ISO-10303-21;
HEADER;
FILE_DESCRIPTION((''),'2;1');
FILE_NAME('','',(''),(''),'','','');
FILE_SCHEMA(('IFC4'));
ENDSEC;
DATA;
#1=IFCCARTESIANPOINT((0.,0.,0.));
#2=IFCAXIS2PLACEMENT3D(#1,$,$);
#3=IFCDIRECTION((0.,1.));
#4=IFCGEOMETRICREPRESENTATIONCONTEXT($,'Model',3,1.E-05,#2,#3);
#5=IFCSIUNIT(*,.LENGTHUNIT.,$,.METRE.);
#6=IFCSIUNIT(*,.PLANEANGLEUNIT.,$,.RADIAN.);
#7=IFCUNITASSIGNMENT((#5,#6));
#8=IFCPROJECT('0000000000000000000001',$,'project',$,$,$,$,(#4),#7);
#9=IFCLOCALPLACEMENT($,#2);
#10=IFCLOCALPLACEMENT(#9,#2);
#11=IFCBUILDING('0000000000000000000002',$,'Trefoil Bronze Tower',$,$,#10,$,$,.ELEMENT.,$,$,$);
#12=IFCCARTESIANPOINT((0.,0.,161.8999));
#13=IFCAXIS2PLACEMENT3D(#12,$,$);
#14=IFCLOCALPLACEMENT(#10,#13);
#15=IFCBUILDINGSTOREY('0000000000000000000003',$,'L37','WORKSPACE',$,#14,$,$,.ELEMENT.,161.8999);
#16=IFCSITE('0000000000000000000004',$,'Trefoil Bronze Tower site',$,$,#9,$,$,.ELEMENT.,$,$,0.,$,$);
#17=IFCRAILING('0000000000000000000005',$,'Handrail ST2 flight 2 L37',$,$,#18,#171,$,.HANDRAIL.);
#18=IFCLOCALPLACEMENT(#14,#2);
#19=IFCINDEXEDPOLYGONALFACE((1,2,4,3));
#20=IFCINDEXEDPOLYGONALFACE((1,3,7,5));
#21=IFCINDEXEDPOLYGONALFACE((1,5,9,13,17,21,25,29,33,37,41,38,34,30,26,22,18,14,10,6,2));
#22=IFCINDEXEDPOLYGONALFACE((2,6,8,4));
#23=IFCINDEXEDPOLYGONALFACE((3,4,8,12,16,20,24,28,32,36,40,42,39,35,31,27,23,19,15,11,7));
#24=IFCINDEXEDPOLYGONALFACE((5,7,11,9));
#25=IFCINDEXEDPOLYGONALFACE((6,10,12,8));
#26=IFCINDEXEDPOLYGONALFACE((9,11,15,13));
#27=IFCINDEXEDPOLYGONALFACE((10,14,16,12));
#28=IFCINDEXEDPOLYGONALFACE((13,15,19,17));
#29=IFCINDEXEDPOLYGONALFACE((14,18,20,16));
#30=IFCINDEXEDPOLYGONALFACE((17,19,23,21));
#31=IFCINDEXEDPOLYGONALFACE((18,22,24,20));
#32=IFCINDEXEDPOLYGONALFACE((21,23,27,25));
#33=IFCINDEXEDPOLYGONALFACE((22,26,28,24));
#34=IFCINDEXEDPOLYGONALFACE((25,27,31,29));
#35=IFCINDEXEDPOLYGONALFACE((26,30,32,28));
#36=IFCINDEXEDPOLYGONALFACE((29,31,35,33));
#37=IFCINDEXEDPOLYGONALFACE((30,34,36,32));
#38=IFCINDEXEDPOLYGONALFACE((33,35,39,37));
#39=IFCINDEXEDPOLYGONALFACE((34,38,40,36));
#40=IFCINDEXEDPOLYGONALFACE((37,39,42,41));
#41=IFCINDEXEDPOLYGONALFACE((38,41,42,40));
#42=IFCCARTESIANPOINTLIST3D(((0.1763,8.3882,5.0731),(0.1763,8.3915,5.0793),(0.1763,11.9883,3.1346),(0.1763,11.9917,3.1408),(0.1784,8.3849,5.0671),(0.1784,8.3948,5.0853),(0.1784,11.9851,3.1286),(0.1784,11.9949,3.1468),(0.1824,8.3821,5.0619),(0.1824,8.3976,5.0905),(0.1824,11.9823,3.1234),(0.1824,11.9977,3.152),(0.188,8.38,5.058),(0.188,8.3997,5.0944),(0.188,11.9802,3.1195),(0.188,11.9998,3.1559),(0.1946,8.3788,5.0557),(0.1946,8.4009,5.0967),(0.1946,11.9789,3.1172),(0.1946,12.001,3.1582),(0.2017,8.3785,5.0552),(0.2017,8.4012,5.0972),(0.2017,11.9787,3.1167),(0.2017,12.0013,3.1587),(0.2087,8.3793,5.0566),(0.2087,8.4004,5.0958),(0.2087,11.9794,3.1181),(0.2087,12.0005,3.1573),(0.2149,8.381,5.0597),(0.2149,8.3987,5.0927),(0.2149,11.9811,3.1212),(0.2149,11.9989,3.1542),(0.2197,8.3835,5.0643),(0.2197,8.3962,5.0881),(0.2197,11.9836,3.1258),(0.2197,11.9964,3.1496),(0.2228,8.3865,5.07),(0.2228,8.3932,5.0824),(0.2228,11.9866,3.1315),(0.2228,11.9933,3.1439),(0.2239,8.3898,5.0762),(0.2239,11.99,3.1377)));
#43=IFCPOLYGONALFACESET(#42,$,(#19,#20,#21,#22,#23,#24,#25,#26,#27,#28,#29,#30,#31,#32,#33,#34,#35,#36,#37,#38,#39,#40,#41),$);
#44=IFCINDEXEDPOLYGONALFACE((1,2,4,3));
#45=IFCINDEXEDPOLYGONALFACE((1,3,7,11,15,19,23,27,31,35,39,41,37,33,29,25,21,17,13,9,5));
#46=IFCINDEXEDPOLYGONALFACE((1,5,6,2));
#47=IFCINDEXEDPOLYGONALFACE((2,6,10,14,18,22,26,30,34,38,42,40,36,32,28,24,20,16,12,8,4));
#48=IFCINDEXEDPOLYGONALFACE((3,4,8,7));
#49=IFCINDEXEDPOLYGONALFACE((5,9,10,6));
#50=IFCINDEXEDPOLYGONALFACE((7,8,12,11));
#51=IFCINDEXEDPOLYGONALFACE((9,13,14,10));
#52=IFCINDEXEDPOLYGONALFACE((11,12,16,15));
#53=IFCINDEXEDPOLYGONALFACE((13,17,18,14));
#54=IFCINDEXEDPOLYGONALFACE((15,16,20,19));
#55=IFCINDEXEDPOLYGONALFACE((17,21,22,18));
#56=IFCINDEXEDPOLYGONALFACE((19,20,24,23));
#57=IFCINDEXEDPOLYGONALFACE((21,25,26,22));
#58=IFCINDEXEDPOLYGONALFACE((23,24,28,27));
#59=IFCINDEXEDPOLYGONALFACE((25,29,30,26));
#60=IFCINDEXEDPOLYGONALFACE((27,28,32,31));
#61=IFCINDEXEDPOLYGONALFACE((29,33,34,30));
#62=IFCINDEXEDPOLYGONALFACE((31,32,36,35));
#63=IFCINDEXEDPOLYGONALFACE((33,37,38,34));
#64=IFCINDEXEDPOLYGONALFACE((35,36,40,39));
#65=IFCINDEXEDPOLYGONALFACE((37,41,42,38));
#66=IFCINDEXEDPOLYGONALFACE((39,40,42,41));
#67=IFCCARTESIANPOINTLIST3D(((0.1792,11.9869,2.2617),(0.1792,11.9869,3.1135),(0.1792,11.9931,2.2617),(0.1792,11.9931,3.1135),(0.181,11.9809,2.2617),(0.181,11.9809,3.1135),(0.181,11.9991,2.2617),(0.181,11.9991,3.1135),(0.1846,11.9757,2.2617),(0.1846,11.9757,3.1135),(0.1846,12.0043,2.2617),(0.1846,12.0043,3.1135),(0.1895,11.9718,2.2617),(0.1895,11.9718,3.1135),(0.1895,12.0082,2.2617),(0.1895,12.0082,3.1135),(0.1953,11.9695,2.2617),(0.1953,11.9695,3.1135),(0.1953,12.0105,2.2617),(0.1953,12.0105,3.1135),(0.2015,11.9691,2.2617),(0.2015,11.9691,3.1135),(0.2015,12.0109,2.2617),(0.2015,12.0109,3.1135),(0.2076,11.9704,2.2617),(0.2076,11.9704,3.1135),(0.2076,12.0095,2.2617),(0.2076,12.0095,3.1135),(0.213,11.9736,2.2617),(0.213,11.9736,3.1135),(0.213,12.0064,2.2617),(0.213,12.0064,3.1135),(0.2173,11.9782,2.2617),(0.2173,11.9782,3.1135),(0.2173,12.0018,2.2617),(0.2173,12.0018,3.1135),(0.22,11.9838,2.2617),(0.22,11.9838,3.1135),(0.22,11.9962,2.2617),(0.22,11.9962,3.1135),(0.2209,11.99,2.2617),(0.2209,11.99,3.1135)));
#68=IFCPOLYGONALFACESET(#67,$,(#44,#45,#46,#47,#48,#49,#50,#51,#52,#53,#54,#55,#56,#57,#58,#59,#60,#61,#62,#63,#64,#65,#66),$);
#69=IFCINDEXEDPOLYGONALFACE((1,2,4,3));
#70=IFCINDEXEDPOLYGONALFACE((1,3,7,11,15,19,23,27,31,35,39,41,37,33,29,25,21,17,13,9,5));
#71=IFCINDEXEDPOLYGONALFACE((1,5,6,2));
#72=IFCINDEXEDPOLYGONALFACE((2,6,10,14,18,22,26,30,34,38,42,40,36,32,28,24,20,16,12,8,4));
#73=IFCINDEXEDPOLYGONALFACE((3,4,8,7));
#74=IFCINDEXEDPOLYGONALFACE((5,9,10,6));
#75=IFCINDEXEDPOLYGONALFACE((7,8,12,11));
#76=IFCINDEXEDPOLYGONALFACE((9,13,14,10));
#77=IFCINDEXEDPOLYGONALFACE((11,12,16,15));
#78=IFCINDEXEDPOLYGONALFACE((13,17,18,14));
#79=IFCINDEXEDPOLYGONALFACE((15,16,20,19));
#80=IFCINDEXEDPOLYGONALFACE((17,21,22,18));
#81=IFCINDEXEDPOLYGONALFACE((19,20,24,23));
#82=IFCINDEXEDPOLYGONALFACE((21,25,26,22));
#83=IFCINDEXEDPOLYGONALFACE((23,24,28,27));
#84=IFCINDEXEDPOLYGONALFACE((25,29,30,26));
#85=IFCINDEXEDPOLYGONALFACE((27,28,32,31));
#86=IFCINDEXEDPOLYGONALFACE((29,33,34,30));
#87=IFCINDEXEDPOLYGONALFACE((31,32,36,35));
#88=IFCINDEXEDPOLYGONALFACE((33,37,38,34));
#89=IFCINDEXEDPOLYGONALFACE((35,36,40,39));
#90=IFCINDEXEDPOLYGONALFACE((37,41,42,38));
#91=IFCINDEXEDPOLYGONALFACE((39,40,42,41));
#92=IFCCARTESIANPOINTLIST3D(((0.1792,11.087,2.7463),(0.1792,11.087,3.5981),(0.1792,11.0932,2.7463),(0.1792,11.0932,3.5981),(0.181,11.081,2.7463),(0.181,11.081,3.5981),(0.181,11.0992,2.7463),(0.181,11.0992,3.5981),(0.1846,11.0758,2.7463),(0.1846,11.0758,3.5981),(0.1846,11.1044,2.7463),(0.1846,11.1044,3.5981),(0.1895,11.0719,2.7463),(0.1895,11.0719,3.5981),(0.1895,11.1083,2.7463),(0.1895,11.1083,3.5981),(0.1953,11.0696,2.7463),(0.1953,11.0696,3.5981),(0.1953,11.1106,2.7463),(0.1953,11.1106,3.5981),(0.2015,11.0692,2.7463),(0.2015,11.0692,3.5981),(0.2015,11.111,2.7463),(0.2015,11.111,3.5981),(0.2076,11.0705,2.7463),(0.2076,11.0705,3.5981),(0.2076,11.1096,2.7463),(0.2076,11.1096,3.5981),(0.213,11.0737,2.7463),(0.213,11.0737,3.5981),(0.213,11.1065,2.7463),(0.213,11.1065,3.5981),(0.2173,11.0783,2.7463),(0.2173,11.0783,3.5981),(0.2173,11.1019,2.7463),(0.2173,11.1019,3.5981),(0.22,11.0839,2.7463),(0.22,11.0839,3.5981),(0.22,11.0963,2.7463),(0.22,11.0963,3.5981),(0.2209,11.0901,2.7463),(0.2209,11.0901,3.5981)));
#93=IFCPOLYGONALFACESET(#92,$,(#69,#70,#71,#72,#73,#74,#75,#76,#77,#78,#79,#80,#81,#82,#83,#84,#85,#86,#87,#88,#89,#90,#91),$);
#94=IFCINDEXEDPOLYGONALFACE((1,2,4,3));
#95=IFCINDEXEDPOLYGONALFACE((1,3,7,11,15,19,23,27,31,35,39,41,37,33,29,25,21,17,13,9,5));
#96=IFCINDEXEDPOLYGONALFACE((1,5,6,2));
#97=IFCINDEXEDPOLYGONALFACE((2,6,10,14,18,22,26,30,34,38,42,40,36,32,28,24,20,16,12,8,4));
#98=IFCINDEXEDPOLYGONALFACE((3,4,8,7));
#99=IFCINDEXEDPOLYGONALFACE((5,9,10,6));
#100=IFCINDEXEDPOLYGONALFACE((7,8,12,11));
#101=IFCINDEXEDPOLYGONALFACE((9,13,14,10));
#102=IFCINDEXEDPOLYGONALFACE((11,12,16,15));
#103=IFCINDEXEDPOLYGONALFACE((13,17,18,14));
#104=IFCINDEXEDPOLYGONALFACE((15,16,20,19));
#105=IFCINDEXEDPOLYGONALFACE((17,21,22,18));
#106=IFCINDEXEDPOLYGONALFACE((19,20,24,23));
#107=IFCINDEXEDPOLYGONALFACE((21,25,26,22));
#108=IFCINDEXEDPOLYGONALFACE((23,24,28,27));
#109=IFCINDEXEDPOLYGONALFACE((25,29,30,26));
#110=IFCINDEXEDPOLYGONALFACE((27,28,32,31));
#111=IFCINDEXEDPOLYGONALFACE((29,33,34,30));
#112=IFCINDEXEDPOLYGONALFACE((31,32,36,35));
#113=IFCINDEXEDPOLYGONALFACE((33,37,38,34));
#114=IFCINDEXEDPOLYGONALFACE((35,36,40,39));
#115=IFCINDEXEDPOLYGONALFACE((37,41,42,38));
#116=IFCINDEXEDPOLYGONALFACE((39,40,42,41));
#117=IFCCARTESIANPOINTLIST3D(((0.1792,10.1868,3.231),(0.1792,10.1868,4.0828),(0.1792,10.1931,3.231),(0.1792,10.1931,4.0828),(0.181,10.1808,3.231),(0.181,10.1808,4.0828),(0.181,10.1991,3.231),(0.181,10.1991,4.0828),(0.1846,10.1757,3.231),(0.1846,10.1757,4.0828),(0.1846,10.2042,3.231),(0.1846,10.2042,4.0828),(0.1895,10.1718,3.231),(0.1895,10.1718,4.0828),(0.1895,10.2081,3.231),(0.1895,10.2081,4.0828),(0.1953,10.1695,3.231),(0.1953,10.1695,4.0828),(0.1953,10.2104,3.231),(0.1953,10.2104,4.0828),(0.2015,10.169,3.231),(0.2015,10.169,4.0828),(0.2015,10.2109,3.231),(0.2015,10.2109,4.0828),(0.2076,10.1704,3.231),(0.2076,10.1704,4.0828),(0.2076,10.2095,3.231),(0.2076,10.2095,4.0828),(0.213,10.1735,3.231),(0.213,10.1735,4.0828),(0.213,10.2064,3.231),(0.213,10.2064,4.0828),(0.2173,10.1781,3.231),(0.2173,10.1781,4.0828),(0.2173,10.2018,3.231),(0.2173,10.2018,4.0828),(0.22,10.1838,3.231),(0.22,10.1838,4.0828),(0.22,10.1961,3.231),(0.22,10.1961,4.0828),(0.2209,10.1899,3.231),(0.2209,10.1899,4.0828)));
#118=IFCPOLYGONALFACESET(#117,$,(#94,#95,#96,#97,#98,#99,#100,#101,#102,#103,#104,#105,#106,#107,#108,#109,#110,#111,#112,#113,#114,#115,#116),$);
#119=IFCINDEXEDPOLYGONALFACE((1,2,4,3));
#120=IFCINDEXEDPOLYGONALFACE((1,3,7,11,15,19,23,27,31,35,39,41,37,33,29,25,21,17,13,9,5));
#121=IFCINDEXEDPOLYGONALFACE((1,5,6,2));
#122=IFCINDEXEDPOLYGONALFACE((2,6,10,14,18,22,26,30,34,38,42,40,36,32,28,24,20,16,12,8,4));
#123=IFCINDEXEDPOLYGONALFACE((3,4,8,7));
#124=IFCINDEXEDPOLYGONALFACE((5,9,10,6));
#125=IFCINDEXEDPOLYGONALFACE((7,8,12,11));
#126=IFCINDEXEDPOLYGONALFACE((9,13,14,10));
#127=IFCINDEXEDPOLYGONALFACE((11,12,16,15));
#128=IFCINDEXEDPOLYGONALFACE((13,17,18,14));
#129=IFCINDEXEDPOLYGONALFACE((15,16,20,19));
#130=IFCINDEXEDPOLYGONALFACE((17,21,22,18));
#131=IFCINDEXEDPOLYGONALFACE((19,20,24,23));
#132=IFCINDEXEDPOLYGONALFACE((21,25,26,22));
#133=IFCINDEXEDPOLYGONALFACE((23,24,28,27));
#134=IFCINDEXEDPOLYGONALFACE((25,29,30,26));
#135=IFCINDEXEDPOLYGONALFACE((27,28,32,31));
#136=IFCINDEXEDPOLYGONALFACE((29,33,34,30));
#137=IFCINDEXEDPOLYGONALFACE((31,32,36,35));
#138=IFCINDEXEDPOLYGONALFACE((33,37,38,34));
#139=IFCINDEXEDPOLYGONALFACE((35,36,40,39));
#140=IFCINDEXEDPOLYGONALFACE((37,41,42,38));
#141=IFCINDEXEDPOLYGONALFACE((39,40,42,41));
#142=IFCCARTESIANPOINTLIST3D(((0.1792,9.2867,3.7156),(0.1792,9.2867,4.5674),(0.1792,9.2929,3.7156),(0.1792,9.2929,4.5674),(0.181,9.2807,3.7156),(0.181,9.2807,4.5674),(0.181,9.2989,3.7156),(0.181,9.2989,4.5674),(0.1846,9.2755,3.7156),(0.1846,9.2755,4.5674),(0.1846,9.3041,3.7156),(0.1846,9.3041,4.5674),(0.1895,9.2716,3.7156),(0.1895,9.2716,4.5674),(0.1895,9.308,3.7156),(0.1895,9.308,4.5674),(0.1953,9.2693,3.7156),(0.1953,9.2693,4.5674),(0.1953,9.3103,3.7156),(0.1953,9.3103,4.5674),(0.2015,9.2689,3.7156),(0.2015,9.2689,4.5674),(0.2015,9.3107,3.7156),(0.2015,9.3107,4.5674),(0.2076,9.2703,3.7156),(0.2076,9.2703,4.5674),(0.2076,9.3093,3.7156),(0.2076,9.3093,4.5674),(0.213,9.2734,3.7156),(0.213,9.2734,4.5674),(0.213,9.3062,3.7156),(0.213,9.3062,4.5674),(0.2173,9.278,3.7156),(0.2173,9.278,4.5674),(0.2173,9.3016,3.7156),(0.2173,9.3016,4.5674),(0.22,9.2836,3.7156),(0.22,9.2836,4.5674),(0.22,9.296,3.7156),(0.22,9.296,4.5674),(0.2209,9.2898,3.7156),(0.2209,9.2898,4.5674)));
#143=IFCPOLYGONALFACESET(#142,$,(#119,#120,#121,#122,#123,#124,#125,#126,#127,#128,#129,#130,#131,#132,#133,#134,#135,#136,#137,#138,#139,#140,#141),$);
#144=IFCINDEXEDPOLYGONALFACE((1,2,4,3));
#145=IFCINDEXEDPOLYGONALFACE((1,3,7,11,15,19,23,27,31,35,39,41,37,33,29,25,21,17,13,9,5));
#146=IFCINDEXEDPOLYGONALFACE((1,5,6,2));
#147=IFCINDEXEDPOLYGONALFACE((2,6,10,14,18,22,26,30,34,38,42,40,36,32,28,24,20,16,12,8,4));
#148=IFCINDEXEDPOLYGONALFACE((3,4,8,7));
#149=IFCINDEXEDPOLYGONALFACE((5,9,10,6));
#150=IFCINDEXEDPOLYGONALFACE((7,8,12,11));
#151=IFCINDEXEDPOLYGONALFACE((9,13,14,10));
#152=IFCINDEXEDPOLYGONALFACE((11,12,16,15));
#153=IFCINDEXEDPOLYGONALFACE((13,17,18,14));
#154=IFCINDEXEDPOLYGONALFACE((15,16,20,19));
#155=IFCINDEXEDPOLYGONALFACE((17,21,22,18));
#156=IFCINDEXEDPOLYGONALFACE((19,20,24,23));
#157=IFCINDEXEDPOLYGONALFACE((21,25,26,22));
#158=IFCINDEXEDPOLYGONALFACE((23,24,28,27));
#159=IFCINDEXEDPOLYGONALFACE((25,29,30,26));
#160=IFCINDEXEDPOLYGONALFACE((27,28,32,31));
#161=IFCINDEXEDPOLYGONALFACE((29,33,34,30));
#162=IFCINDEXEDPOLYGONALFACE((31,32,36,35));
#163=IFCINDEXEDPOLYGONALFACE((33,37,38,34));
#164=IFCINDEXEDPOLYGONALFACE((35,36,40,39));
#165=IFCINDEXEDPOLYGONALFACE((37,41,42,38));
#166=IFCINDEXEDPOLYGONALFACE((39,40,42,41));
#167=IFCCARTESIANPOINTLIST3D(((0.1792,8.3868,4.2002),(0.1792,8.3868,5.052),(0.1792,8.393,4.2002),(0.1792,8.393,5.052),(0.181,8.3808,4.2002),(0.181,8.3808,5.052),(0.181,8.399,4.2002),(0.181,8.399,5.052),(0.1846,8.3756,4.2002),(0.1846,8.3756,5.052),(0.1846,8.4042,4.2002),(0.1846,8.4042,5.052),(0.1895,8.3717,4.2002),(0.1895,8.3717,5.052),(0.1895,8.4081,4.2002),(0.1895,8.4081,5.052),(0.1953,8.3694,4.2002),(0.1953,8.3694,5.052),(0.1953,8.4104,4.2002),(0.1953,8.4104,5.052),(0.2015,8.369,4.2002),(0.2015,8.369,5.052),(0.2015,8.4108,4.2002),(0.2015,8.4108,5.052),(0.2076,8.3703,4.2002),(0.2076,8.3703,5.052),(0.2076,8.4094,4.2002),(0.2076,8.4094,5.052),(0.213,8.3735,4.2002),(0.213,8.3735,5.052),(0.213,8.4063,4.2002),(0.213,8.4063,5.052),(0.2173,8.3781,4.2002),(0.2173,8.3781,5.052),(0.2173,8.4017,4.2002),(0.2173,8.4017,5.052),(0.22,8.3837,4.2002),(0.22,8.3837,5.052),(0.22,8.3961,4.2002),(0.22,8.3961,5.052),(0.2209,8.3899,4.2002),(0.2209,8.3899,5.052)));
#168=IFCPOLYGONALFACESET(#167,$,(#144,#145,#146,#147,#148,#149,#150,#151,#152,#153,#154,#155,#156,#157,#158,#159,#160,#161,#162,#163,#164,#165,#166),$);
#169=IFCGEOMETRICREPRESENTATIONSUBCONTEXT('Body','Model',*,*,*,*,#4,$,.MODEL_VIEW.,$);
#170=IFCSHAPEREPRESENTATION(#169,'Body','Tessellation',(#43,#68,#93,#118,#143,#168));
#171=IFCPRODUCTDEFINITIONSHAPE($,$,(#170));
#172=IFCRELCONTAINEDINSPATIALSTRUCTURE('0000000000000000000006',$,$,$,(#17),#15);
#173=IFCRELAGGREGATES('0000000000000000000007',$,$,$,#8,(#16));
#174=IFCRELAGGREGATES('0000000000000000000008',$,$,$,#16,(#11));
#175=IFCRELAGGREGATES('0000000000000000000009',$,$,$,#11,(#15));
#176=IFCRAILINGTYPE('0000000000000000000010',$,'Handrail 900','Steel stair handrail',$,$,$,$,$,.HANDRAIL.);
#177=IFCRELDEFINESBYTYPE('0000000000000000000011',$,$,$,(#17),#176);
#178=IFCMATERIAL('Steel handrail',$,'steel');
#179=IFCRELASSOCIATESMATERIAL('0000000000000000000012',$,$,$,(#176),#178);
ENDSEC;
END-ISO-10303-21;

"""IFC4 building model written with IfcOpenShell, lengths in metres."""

from ifc_helpers import new_model, si_unit, direction, frame, origin, origin_2d, place, context, subcontext, project, spatial, circle, extrude, material, type_object, element, save


model = new_model("IFC4")

# Units and contexts
model_context = context("Model", 3, precision=1e-05, world=origin(), true_north=direction((0.0, 1.0)))
body_context = subcontext(model_context, "Body", "Model", "MODEL_VIEW")
ifc_project = project(units=[si_unit("LENGTHUNIT", "METRE"), si_unit("PLANEANGLEUNIT", "RADIAN")], contexts=[model_context])

# Site, building, storey
site_placement = place(None, origin())
site = spatial("IfcSite", under=ifc_project, at=site_placement, Name="Trefoil Bronze Tower site", CompositionType="ELEMENT", RefElevation=0.0)
building_placement = place(site_placement, origin())
building = spatial("IfcBuilding", under=site, at=building_placement, Name="Trefoil Bronze Tower", CompositionType="ELEMENT")
storey_placement = place(building_placement, frame((0.0, 0.0, 161.8999)))
storey = spatial("IfcBuildingStorey", under=building, at=storey_placement, Name="L37", Description="WORKSPACE", CompositionType="ELEMENT", Elevation=161.8999)

# Railing
ifc_material_1 = material(Name="Steel handrail", Category="steel")
railing_type = type_object("IfcRailingType", Name="Handrail 900", Description="Steel stair handrail", PredefinedType="HANDRAIL", material=ifc_material_1)
railing_placement = place(storey_placement, frame((0.2, 11.99, 2.2617)))
element("IfcRailing", 1, at=railing_placement, inside=storey, type_object=railing_type, Name="Handrail ST2 flight 2 L37", PredefinedType="HANDRAIL", context=body_context, shape_type="SweptSolid", body=[
    extrude(circle(Radius=0.0239, at=origin_2d()), frame((0.0, 0.0, 0.876), z_axis=(0.0, -0.880475, 0.474093), x_axis=(1.0, 0.0, 0.0)), (0.0, 0.0, 1.0), 4.0889),
    extrude(circle(Radius=0.021, at=origin_2d()), origin(), (0.0, 0.0, 1.0), 0.8518),
    extrude(circle(Radius=0.021, at=origin_2d()), frame((0.0, -0.8999, 0.4846)), (0.0, 0.0, 1.0), 0.8518),
    extrude(circle(Radius=0.021, at=origin_2d()), frame((0.0, -1.8, 0.9692)), (0.0, 0.0, 1.0), 0.8518),
    extrude(circle(Radius=0.021, at=origin_2d()), frame((0.0, -2.7002, 1.4539)), (0.0, 0.0, 1.0), 0.8518),
    extrude(circle(Radius=0.021, at=origin_2d()), frame((0.0, -3.6001, 1.9385)), (0.0, 0.0, 1.0), 0.8518),
])

save(model, "model.ifc")
